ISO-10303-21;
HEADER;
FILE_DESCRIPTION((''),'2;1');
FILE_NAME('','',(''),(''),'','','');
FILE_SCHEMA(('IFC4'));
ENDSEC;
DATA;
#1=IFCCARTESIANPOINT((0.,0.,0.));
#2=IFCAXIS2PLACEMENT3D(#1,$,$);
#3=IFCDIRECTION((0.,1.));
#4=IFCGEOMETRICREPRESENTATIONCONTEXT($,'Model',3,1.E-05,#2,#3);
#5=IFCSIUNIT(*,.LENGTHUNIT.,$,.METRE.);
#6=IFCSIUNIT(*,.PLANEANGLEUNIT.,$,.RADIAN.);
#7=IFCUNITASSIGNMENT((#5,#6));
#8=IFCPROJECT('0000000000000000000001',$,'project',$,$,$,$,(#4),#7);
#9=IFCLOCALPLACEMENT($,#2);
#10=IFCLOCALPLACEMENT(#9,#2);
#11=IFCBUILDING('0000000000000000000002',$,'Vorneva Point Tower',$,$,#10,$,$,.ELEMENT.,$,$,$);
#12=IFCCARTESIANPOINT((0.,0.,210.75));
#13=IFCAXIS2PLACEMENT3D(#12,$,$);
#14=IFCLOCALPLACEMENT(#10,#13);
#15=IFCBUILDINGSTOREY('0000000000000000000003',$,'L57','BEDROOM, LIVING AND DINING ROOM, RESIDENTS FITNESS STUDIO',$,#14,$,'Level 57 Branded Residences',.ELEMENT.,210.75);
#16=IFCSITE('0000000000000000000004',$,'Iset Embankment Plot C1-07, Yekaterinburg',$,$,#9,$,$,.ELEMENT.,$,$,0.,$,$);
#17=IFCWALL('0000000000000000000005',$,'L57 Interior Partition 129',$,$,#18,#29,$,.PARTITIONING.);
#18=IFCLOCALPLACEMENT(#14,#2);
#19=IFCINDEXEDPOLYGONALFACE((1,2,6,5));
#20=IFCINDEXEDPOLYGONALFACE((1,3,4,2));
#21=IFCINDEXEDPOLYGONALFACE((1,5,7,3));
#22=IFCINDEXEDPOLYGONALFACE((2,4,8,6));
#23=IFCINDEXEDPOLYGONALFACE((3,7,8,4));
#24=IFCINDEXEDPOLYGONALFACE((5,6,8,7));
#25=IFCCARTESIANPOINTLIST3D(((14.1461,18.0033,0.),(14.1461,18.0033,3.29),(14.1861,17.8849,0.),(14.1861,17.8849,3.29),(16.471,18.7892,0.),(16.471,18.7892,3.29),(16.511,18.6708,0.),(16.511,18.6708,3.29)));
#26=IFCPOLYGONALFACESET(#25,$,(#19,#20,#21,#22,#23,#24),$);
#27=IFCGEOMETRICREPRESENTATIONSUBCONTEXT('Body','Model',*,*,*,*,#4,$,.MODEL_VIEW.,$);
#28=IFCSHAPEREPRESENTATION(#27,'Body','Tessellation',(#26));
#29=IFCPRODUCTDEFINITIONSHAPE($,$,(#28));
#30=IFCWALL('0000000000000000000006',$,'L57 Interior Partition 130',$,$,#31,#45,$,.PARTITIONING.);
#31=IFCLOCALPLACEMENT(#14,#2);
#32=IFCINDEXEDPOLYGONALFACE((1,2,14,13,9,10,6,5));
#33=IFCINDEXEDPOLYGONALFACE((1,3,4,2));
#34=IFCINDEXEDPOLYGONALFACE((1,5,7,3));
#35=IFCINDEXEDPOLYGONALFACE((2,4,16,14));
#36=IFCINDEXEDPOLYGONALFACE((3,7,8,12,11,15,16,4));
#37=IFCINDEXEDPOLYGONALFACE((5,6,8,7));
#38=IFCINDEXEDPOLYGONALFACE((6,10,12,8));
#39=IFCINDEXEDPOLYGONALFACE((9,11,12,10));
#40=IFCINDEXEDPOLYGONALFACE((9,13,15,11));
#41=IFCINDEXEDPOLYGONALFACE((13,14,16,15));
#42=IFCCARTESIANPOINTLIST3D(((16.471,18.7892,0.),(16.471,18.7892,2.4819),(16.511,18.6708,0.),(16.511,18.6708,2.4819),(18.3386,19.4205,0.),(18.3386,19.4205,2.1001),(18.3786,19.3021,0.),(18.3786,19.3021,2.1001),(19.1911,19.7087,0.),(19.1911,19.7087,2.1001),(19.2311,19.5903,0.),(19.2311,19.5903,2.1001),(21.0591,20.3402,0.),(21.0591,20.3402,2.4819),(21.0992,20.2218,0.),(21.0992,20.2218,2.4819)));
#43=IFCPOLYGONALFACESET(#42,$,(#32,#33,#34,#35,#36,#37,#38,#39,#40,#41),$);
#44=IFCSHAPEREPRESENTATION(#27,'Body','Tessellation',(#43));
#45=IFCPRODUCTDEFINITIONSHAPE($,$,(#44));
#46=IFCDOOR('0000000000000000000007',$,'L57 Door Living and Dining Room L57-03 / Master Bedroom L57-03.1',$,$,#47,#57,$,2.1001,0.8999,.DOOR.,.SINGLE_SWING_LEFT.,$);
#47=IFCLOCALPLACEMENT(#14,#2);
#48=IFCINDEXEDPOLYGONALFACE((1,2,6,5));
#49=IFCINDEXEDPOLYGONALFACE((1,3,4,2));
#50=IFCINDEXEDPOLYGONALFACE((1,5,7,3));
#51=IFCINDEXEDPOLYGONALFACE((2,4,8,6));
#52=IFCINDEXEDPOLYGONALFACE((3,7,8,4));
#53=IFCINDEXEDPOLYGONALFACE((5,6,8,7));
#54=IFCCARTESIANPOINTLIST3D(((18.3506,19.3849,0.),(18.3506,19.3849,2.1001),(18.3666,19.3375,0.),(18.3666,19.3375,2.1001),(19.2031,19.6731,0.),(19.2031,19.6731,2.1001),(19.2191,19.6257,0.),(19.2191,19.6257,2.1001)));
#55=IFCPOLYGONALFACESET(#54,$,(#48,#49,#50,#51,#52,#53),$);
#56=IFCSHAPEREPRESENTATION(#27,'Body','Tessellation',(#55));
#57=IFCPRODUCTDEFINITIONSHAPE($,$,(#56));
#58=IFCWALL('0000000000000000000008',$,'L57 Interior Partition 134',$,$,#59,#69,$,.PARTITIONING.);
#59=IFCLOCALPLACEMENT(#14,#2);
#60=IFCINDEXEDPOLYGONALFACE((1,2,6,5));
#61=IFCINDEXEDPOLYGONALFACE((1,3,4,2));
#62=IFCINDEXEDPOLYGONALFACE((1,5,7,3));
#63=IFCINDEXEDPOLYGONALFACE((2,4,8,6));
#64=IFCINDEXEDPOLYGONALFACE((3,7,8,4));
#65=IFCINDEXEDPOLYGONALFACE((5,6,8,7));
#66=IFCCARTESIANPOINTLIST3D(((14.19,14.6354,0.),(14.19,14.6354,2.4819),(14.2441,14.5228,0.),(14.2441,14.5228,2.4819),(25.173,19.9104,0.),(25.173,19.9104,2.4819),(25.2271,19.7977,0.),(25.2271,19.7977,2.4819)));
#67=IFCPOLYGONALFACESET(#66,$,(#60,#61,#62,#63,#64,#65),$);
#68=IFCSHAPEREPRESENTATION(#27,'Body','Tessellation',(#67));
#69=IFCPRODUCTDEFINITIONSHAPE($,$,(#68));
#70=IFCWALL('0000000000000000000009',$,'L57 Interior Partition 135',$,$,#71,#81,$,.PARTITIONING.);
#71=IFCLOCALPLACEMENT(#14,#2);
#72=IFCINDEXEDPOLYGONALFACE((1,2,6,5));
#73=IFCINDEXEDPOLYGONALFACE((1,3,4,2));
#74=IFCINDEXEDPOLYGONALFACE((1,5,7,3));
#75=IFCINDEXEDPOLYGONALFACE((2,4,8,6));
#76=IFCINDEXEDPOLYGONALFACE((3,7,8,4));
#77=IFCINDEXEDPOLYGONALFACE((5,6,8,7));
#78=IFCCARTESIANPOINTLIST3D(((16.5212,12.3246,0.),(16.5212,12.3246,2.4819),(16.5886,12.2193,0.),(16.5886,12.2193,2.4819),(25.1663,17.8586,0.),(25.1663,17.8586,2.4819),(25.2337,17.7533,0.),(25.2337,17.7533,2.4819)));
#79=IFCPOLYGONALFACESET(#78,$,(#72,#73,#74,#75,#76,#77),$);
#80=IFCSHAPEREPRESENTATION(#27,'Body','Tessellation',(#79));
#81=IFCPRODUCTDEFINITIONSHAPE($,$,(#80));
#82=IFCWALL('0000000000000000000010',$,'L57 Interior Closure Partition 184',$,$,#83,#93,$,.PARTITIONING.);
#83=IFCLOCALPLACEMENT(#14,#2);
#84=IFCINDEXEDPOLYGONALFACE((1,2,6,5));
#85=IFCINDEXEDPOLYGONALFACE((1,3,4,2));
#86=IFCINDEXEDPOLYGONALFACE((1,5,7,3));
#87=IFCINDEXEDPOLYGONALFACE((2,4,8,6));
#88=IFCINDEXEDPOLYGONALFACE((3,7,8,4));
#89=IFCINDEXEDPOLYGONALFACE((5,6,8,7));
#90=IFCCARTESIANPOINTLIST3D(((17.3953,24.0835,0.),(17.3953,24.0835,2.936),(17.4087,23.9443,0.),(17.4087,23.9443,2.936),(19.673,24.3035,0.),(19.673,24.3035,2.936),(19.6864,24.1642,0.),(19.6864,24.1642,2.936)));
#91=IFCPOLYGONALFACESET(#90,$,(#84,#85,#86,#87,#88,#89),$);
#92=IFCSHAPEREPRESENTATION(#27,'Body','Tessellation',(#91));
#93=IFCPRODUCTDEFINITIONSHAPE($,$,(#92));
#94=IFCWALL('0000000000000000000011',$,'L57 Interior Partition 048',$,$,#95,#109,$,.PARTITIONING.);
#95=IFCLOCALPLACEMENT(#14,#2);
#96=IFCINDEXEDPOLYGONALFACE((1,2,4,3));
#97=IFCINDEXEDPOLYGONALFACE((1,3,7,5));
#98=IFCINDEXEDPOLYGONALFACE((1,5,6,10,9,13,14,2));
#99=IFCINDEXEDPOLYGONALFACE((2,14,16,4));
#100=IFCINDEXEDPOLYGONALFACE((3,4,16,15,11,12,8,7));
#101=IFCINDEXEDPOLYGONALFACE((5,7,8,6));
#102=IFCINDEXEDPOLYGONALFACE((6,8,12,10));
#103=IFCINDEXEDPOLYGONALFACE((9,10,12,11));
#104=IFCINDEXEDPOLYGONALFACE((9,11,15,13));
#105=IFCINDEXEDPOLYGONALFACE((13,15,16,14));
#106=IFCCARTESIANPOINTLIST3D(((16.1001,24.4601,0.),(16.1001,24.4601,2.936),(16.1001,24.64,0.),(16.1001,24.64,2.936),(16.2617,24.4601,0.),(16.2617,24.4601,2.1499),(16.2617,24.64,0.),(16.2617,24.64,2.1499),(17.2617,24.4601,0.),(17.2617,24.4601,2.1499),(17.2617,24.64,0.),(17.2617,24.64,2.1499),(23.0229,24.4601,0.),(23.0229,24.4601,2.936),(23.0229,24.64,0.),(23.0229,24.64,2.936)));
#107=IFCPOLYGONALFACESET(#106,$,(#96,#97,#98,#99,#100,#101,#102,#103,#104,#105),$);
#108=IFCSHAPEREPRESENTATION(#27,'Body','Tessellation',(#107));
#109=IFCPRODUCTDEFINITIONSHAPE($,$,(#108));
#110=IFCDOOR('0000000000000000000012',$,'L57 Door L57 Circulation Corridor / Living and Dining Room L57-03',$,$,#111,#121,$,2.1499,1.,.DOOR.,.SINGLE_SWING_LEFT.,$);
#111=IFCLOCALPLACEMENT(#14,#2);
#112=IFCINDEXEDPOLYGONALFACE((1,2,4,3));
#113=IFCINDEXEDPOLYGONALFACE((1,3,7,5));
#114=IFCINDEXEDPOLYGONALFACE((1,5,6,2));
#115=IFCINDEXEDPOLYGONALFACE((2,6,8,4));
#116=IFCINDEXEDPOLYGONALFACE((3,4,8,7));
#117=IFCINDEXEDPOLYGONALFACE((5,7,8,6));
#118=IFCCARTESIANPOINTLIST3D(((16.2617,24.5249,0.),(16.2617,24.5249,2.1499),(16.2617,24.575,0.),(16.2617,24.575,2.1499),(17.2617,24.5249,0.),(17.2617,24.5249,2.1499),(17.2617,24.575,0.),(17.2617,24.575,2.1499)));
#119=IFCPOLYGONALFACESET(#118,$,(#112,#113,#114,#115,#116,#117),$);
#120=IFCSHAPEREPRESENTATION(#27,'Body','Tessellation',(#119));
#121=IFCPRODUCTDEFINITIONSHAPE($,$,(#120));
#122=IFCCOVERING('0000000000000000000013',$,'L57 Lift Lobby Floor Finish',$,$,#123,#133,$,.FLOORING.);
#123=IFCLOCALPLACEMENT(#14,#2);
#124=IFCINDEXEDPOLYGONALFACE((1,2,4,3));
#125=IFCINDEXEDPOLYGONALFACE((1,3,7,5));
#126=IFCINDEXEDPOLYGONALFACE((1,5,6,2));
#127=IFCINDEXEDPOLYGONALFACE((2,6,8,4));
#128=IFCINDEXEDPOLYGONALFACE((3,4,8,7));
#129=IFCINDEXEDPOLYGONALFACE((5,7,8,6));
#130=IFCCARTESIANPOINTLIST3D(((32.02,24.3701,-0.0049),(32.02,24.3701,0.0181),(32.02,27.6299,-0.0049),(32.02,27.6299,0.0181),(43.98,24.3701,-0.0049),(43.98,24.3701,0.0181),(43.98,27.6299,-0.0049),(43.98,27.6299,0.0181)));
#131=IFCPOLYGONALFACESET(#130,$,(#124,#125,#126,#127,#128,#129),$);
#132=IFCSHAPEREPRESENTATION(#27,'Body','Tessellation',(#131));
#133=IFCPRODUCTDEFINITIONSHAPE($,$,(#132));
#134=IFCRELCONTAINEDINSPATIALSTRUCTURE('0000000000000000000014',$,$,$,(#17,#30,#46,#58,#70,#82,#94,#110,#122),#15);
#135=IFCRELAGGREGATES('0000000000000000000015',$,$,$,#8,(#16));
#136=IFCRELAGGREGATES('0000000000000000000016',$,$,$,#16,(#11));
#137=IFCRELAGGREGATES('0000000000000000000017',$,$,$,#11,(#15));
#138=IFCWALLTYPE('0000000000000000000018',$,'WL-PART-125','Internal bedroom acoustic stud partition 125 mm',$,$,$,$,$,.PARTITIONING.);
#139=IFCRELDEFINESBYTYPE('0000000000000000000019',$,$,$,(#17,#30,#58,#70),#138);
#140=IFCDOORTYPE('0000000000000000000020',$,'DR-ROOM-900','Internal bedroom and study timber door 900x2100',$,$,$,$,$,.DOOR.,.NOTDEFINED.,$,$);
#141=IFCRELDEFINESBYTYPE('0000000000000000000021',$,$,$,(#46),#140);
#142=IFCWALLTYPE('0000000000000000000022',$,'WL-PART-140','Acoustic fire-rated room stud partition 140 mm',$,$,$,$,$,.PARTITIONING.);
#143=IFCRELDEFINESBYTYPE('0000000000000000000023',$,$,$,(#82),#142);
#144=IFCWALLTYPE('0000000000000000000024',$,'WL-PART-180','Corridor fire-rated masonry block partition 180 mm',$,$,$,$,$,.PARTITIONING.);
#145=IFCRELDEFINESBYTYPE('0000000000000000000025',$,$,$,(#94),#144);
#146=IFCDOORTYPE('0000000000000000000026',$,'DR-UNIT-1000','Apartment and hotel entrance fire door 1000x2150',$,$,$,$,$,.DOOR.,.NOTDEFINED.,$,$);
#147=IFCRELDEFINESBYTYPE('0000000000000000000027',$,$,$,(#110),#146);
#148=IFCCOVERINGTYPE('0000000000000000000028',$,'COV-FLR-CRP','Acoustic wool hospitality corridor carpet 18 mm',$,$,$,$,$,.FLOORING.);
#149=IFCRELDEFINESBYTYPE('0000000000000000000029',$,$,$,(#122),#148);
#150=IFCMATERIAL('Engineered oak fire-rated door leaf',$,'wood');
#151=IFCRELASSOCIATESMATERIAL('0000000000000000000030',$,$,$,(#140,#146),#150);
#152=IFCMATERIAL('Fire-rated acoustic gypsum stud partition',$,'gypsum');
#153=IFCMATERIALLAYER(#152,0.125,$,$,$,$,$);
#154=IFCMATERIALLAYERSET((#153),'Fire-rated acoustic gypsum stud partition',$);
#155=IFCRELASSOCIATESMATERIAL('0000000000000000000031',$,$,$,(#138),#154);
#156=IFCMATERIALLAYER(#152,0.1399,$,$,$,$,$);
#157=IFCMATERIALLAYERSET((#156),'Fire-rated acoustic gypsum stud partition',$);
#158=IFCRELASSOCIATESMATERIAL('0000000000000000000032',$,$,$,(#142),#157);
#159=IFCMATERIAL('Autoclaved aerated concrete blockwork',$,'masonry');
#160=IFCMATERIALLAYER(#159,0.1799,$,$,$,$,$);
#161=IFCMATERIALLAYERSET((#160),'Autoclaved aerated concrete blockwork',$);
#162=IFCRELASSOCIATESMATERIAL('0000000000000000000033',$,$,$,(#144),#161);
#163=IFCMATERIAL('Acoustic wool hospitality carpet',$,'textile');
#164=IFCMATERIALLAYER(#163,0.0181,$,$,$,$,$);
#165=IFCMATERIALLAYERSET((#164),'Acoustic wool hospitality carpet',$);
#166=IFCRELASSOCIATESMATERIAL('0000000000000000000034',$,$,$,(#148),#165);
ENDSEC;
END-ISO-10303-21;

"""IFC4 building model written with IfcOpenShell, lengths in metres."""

from ifc_helpers import new_model, si_unit, direction, frame, frame_2d, origin, place, context, subcontext, project, spatial, polyline, rectangle, outline, extrude, material, layer, layer_set, type_object, element, fill, save


model = new_model("IFC4")

# Units and contexts
model_context = context("Model", 3, precision=1e-05, world=origin(), true_north=direction((0.0, 1.0)))
body_context = subcontext(model_context, "Body", "Model", "MODEL_VIEW")
ifc_project = project(units=[si_unit("LENGTHUNIT", "METRE"), si_unit("PLANEANGLEUNIT", "RADIAN")], contexts=[model_context])

# Site, building, storey
site_placement = place(None, origin())
site = spatial("IfcSite", under=ifc_project, at=site_placement, Name="Iset Embankment Plot C1-07, Yekaterinburg", CompositionType="ELEMENT", RefElevation=0.0)
building_placement = place(site_placement, origin())
building = spatial("IfcBuilding", under=site, at=building_placement, Name="Vorneva Point Tower", CompositionType="ELEMENT")
storey_placement = place(building_placement, frame((0.0, 0.0, 210.75)))
storey = spatial("IfcBuildingStorey", under=building, at=storey_placement, Name="L57", Description="BEDROOM, LIVING AND DINING ROOM, RESIDENTS FITNESS STUDIO", LongName="Level 57 Branded Residences", CompositionType="ELEMENT", Elevation=210.75)

# Shared definitions
ifc_material_1 = material(Name="Fire-rated acoustic gypsum stud partition", Category="gypsum")
ifc_material_2 = material(Name="Engineered oak fire-rated door leaf", Category="wood")
door_type_1 = type_object("IfcDoorType", Name="DR-ROOM-900", Description="Internal bedroom and study timber door 900x2100", OperationType="NOTDEFINED", PredefinedType="DOOR", material=ifc_material_2)

# Wall
ifc_layer_1 = layer(ifc_material_1, 0.125)
ifc_layer_set_1 = layer_set([ifc_layer_1], Name="Fire-rated acoustic gypsum stud partition")
wall_type_1 = type_object("IfcWallType", Name="WL-PART-125", Description="Internal bedroom acoustic stud partition 125 mm", PredefinedType="PARTITIONING", material=ifc_layer_set_1)
wall_1_placement = place(storey_placement, frame((16.491, 18.73, 0.0), z_axis=(0.0, 0.0, 1.0), x_axis=(-0.947342, -0.320224, 0.0)))
element("IfcWall", 1, at=wall_1_placement, inside=storey, type_object=wall_type_1, Name="L57 Interior Partition 129", PredefinedType="PARTITIONING", context=body_context, shape_type="SweptSolid", body=[
    extrude(rectangle(XDim=2.4541, YDim=0.125, at=frame_2d((1.2271, 0.0))), origin(), (0.0, 0.0, 1.0), 3.29),
])

# Wall, opening, door
wall_2_placement = place(storey_placement, frame((16.491, 18.73, 0.0), z_axis=(0.0, 0.0, 1.0), x_axis=(0.947334, 0.320248, 0.0)))
wall_2 = element("IfcWall", 2, at=wall_2_placement, inside=storey, type_object=wall_type_1, Name="L57 Interior Partition 130", PredefinedType="PARTITIONING", context=body_context, shape_type="SweptSolid", body=[
    extrude(rectangle(XDim=4.8433, YDim=0.125, at=frame_2d((2.4216, 0.0))), origin(), (0.0, 0.0, 1.0), 2.4819),
])
opening_1_placement = place(wall_2_placement, frame((1.9714, 0.0, 0.0)))
opening_1 = element("IfcOpeningElement", 3, at=opening_1_placement, cuts=wall_2, PredefinedType="OPENING", context=body_context, shape_type="SweptSolid", body=[
    extrude(rectangle(XDim=0.8999, YDim=2.1001, at=frame_2d((0.45, 1.05))), frame((0.0, 0.0774, 0.0), z_axis=(0.0, -1.0, 0.0), x_axis=(1.0, 0.0, 0.0)), (0.0, 0.0, 1.0), 0.1548),
])
door_1_placement = place(opening_1_placement, origin())
door_1 = element("IfcDoor", 4, at=door_1_placement, inside=storey, type_object=door_type_1, Name="L57 Door Living and Dining Room L57-03 / Master Bedroom L57-03.1", OperationType="SINGLE_SWING_LEFT", OverallHeight=2.1001, OverallWidth=0.8999, PredefinedType="DOOR", context=body_context, shape_type="SweptSolid", body=[
    extrude(rectangle(XDim=0.8999, YDim=2.1001, at=frame_2d((0.45, 1.05))), frame((0.0, 0.0249, 0.0), z_axis=(0.0, -1.0, 0.0), x_axis=(1.0, 0.0, 0.0)), (0.0, 0.0, 1.0), 0.05),
])
fill(opening_1, door_1)

# Walls
wall_3_placement = place(storey_placement, frame((14.217, 14.5791, 0.0), z_axis=(0.0, 0.0, 1.0), x_axis=(0.901424, 0.432938, 0.0)))
element("IfcWall", 5, at=wall_3_placement, inside=storey, type_object=wall_type_1, Name="L57 Interior Partition 134", PredefinedType="PARTITIONING", context=body_context, shape_type="SweptSolid", body=[
    extrude(rectangle(XDim=12.1841, YDim=0.125, at=frame_2d((6.092, 0.0))), origin(), (0.0, 0.0, 1.0), 2.4819),
])
wall_4_placement = place(storey_placement, frame((16.5549, 12.272, 0.0), z_axis=(0.0, 0.0, 1.0), x_axis=(0.842222, 0.539131, 0.0)))
element("IfcWall", 6, at=wall_4_placement, inside=storey, type_object=wall_type_1, Name="L57 Interior Partition 135", PredefinedType="PARTITIONING", context=body_context, shape_type="SweptSolid", body=[
    extrude(rectangle(XDim=10.2646, YDim=0.125, at=frame_2d((5.1323, 0.0))), origin(), (0.0, 0.0, 1.0), 2.4819),
])
ifc_layer_2 = layer(ifc_material_1, 0.1399)
ifc_layer_set_2 = layer_set([ifc_layer_2], Name="Fire-rated acoustic gypsum stud partition")
wall_type_2 = type_object("IfcWallType", Name="WL-PART-140", Description="Acoustic fire-rated room stud partition 140 mm", PredefinedType="PARTITIONING", material=ifc_layer_set_2)
wall_5_placement = place(storey_placement, frame((17.4021, 24.0139, 0.0), z_axis=(0.0, 0.0, 1.0), x_axis=(0.995369, 0.096123, 0.0)))
element("IfcWall", 7, at=wall_5_placement, inside=storey, type_object=wall_type_2, Name="L57 Interior Closure Partition 184", PredefinedType="PARTITIONING", context=body_context, shape_type="SweptSolid", body=[
    extrude(rectangle(XDim=2.2883, YDim=0.1399, at=frame_2d((1.144, 0.0))), origin(), (0.0, 0.0, 1.0), 2.936),
])

# Wall, opening, door
ifc_material_3 = material(Name="Autoclaved aerated concrete blockwork", Category="masonry")
ifc_layer_3 = layer(ifc_material_3, 0.1799)
ifc_layer_set_3 = layer_set([ifc_layer_3], Name="Autoclaved aerated concrete blockwork")
wall_type_3 = type_object("IfcWallType", Name="WL-PART-180", Description="Corridor fire-rated masonry block partition 180 mm", PredefinedType="PARTITIONING", material=ifc_layer_set_3)
wall_6_placement = place(storey_placement, frame((16.1001, 24.55, 0.0), z_axis=(0.0, 0.0, 1.0), x_axis=(1.0, 0.0, 0.0)))
wall_6 = element("IfcWall", 8, at=wall_6_placement, inside=storey, type_object=wall_type_3, Name="L57 Interior Partition 048", PredefinedType="PARTITIONING", context=body_context, shape_type="SweptSolid", body=[
    extrude(rectangle(XDim=6.9229, YDim=0.1799, at=frame_2d((3.4614, 0.0))), origin(), (0.0, 0.0, 1.0), 2.936),
])
opening_2_placement = place(wall_6_placement, frame((0.1616, 0.0, 0.0)))
opening_2 = element("IfcOpeningElement", 9, at=opening_2_placement, cuts=wall_6, PredefinedType="OPENING", context=body_context, shape_type="SweptSolid", body=[
    extrude(rectangle(XDim=1.0, YDim=2.1499, at=frame_2d((0.5, 1.075))), frame((0.0, 0.105, 0.0), z_axis=(0.0, -1.0, 0.0), x_axis=(1.0, 0.0, 0.0)), (0.0, 0.0, 1.0), 0.2097),
])
door_type_2 = type_object("IfcDoorType", Name="DR-UNIT-1000", Description="Apartment and hotel entrance fire door 1000x2150", OperationType="NOTDEFINED", PredefinedType="DOOR", material=ifc_material_2)
door_2_placement = place(opening_2_placement, origin())
door_2 = element("IfcDoor", 10, at=door_2_placement, inside=storey, type_object=door_type_2, Name="L57 Door L57 Circulation Corridor / Living and Dining Room L57-03", OperationType="SINGLE_SWING_LEFT", OverallHeight=2.1499, OverallWidth=1.0, PredefinedType="DOOR", context=body_context, shape_type="SweptSolid", body=[
    extrude(rectangle(XDim=1.0, YDim=2.1499, at=frame_2d((0.5, 1.075))), frame((0.0, 0.0249, 0.0), z_axis=(0.0, -1.0, 0.0), x_axis=(1.0, 0.0, 0.0)), (0.0, 0.0, 1.0), 0.05),
])
fill(opening_2, door_2)

# Covering
ifc_material_4 = material(Name="Acoustic wool hospitality carpet", Category="textile")
ifc_layer_4 = layer(ifc_material_4, 0.0181)
ifc_layer_set_4 = layer_set([ifc_layer_4], Name="Acoustic wool hospitality carpet")
covering_type = type_object("IfcCoveringType", Name="COV-FLR-CRP", Description="Acoustic wool hospitality corridor carpet 18 mm", PredefinedType="FLOORING", material=ifc_layer_set_4)
covering_placement = place(storey_placement, frame((0.0, 0.0, -0.0049)))
element("IfcCovering", 11, at=covering_placement, inside=storey, type_object=covering_type, Name="L57 Lift Lobby Floor Finish", PredefinedType="FLOORING", context=body_context, shape_type="SweptSolid", body=[
    extrude(outline(polyline([(32.02, 24.3701), (43.98, 24.3701), (43.98, 27.6299), (32.02, 27.6299), (32.02, 24.3701)])), origin(), (0.0, 0.0, 1.0), 0.0229),
])

save(model, "model.ifc")
